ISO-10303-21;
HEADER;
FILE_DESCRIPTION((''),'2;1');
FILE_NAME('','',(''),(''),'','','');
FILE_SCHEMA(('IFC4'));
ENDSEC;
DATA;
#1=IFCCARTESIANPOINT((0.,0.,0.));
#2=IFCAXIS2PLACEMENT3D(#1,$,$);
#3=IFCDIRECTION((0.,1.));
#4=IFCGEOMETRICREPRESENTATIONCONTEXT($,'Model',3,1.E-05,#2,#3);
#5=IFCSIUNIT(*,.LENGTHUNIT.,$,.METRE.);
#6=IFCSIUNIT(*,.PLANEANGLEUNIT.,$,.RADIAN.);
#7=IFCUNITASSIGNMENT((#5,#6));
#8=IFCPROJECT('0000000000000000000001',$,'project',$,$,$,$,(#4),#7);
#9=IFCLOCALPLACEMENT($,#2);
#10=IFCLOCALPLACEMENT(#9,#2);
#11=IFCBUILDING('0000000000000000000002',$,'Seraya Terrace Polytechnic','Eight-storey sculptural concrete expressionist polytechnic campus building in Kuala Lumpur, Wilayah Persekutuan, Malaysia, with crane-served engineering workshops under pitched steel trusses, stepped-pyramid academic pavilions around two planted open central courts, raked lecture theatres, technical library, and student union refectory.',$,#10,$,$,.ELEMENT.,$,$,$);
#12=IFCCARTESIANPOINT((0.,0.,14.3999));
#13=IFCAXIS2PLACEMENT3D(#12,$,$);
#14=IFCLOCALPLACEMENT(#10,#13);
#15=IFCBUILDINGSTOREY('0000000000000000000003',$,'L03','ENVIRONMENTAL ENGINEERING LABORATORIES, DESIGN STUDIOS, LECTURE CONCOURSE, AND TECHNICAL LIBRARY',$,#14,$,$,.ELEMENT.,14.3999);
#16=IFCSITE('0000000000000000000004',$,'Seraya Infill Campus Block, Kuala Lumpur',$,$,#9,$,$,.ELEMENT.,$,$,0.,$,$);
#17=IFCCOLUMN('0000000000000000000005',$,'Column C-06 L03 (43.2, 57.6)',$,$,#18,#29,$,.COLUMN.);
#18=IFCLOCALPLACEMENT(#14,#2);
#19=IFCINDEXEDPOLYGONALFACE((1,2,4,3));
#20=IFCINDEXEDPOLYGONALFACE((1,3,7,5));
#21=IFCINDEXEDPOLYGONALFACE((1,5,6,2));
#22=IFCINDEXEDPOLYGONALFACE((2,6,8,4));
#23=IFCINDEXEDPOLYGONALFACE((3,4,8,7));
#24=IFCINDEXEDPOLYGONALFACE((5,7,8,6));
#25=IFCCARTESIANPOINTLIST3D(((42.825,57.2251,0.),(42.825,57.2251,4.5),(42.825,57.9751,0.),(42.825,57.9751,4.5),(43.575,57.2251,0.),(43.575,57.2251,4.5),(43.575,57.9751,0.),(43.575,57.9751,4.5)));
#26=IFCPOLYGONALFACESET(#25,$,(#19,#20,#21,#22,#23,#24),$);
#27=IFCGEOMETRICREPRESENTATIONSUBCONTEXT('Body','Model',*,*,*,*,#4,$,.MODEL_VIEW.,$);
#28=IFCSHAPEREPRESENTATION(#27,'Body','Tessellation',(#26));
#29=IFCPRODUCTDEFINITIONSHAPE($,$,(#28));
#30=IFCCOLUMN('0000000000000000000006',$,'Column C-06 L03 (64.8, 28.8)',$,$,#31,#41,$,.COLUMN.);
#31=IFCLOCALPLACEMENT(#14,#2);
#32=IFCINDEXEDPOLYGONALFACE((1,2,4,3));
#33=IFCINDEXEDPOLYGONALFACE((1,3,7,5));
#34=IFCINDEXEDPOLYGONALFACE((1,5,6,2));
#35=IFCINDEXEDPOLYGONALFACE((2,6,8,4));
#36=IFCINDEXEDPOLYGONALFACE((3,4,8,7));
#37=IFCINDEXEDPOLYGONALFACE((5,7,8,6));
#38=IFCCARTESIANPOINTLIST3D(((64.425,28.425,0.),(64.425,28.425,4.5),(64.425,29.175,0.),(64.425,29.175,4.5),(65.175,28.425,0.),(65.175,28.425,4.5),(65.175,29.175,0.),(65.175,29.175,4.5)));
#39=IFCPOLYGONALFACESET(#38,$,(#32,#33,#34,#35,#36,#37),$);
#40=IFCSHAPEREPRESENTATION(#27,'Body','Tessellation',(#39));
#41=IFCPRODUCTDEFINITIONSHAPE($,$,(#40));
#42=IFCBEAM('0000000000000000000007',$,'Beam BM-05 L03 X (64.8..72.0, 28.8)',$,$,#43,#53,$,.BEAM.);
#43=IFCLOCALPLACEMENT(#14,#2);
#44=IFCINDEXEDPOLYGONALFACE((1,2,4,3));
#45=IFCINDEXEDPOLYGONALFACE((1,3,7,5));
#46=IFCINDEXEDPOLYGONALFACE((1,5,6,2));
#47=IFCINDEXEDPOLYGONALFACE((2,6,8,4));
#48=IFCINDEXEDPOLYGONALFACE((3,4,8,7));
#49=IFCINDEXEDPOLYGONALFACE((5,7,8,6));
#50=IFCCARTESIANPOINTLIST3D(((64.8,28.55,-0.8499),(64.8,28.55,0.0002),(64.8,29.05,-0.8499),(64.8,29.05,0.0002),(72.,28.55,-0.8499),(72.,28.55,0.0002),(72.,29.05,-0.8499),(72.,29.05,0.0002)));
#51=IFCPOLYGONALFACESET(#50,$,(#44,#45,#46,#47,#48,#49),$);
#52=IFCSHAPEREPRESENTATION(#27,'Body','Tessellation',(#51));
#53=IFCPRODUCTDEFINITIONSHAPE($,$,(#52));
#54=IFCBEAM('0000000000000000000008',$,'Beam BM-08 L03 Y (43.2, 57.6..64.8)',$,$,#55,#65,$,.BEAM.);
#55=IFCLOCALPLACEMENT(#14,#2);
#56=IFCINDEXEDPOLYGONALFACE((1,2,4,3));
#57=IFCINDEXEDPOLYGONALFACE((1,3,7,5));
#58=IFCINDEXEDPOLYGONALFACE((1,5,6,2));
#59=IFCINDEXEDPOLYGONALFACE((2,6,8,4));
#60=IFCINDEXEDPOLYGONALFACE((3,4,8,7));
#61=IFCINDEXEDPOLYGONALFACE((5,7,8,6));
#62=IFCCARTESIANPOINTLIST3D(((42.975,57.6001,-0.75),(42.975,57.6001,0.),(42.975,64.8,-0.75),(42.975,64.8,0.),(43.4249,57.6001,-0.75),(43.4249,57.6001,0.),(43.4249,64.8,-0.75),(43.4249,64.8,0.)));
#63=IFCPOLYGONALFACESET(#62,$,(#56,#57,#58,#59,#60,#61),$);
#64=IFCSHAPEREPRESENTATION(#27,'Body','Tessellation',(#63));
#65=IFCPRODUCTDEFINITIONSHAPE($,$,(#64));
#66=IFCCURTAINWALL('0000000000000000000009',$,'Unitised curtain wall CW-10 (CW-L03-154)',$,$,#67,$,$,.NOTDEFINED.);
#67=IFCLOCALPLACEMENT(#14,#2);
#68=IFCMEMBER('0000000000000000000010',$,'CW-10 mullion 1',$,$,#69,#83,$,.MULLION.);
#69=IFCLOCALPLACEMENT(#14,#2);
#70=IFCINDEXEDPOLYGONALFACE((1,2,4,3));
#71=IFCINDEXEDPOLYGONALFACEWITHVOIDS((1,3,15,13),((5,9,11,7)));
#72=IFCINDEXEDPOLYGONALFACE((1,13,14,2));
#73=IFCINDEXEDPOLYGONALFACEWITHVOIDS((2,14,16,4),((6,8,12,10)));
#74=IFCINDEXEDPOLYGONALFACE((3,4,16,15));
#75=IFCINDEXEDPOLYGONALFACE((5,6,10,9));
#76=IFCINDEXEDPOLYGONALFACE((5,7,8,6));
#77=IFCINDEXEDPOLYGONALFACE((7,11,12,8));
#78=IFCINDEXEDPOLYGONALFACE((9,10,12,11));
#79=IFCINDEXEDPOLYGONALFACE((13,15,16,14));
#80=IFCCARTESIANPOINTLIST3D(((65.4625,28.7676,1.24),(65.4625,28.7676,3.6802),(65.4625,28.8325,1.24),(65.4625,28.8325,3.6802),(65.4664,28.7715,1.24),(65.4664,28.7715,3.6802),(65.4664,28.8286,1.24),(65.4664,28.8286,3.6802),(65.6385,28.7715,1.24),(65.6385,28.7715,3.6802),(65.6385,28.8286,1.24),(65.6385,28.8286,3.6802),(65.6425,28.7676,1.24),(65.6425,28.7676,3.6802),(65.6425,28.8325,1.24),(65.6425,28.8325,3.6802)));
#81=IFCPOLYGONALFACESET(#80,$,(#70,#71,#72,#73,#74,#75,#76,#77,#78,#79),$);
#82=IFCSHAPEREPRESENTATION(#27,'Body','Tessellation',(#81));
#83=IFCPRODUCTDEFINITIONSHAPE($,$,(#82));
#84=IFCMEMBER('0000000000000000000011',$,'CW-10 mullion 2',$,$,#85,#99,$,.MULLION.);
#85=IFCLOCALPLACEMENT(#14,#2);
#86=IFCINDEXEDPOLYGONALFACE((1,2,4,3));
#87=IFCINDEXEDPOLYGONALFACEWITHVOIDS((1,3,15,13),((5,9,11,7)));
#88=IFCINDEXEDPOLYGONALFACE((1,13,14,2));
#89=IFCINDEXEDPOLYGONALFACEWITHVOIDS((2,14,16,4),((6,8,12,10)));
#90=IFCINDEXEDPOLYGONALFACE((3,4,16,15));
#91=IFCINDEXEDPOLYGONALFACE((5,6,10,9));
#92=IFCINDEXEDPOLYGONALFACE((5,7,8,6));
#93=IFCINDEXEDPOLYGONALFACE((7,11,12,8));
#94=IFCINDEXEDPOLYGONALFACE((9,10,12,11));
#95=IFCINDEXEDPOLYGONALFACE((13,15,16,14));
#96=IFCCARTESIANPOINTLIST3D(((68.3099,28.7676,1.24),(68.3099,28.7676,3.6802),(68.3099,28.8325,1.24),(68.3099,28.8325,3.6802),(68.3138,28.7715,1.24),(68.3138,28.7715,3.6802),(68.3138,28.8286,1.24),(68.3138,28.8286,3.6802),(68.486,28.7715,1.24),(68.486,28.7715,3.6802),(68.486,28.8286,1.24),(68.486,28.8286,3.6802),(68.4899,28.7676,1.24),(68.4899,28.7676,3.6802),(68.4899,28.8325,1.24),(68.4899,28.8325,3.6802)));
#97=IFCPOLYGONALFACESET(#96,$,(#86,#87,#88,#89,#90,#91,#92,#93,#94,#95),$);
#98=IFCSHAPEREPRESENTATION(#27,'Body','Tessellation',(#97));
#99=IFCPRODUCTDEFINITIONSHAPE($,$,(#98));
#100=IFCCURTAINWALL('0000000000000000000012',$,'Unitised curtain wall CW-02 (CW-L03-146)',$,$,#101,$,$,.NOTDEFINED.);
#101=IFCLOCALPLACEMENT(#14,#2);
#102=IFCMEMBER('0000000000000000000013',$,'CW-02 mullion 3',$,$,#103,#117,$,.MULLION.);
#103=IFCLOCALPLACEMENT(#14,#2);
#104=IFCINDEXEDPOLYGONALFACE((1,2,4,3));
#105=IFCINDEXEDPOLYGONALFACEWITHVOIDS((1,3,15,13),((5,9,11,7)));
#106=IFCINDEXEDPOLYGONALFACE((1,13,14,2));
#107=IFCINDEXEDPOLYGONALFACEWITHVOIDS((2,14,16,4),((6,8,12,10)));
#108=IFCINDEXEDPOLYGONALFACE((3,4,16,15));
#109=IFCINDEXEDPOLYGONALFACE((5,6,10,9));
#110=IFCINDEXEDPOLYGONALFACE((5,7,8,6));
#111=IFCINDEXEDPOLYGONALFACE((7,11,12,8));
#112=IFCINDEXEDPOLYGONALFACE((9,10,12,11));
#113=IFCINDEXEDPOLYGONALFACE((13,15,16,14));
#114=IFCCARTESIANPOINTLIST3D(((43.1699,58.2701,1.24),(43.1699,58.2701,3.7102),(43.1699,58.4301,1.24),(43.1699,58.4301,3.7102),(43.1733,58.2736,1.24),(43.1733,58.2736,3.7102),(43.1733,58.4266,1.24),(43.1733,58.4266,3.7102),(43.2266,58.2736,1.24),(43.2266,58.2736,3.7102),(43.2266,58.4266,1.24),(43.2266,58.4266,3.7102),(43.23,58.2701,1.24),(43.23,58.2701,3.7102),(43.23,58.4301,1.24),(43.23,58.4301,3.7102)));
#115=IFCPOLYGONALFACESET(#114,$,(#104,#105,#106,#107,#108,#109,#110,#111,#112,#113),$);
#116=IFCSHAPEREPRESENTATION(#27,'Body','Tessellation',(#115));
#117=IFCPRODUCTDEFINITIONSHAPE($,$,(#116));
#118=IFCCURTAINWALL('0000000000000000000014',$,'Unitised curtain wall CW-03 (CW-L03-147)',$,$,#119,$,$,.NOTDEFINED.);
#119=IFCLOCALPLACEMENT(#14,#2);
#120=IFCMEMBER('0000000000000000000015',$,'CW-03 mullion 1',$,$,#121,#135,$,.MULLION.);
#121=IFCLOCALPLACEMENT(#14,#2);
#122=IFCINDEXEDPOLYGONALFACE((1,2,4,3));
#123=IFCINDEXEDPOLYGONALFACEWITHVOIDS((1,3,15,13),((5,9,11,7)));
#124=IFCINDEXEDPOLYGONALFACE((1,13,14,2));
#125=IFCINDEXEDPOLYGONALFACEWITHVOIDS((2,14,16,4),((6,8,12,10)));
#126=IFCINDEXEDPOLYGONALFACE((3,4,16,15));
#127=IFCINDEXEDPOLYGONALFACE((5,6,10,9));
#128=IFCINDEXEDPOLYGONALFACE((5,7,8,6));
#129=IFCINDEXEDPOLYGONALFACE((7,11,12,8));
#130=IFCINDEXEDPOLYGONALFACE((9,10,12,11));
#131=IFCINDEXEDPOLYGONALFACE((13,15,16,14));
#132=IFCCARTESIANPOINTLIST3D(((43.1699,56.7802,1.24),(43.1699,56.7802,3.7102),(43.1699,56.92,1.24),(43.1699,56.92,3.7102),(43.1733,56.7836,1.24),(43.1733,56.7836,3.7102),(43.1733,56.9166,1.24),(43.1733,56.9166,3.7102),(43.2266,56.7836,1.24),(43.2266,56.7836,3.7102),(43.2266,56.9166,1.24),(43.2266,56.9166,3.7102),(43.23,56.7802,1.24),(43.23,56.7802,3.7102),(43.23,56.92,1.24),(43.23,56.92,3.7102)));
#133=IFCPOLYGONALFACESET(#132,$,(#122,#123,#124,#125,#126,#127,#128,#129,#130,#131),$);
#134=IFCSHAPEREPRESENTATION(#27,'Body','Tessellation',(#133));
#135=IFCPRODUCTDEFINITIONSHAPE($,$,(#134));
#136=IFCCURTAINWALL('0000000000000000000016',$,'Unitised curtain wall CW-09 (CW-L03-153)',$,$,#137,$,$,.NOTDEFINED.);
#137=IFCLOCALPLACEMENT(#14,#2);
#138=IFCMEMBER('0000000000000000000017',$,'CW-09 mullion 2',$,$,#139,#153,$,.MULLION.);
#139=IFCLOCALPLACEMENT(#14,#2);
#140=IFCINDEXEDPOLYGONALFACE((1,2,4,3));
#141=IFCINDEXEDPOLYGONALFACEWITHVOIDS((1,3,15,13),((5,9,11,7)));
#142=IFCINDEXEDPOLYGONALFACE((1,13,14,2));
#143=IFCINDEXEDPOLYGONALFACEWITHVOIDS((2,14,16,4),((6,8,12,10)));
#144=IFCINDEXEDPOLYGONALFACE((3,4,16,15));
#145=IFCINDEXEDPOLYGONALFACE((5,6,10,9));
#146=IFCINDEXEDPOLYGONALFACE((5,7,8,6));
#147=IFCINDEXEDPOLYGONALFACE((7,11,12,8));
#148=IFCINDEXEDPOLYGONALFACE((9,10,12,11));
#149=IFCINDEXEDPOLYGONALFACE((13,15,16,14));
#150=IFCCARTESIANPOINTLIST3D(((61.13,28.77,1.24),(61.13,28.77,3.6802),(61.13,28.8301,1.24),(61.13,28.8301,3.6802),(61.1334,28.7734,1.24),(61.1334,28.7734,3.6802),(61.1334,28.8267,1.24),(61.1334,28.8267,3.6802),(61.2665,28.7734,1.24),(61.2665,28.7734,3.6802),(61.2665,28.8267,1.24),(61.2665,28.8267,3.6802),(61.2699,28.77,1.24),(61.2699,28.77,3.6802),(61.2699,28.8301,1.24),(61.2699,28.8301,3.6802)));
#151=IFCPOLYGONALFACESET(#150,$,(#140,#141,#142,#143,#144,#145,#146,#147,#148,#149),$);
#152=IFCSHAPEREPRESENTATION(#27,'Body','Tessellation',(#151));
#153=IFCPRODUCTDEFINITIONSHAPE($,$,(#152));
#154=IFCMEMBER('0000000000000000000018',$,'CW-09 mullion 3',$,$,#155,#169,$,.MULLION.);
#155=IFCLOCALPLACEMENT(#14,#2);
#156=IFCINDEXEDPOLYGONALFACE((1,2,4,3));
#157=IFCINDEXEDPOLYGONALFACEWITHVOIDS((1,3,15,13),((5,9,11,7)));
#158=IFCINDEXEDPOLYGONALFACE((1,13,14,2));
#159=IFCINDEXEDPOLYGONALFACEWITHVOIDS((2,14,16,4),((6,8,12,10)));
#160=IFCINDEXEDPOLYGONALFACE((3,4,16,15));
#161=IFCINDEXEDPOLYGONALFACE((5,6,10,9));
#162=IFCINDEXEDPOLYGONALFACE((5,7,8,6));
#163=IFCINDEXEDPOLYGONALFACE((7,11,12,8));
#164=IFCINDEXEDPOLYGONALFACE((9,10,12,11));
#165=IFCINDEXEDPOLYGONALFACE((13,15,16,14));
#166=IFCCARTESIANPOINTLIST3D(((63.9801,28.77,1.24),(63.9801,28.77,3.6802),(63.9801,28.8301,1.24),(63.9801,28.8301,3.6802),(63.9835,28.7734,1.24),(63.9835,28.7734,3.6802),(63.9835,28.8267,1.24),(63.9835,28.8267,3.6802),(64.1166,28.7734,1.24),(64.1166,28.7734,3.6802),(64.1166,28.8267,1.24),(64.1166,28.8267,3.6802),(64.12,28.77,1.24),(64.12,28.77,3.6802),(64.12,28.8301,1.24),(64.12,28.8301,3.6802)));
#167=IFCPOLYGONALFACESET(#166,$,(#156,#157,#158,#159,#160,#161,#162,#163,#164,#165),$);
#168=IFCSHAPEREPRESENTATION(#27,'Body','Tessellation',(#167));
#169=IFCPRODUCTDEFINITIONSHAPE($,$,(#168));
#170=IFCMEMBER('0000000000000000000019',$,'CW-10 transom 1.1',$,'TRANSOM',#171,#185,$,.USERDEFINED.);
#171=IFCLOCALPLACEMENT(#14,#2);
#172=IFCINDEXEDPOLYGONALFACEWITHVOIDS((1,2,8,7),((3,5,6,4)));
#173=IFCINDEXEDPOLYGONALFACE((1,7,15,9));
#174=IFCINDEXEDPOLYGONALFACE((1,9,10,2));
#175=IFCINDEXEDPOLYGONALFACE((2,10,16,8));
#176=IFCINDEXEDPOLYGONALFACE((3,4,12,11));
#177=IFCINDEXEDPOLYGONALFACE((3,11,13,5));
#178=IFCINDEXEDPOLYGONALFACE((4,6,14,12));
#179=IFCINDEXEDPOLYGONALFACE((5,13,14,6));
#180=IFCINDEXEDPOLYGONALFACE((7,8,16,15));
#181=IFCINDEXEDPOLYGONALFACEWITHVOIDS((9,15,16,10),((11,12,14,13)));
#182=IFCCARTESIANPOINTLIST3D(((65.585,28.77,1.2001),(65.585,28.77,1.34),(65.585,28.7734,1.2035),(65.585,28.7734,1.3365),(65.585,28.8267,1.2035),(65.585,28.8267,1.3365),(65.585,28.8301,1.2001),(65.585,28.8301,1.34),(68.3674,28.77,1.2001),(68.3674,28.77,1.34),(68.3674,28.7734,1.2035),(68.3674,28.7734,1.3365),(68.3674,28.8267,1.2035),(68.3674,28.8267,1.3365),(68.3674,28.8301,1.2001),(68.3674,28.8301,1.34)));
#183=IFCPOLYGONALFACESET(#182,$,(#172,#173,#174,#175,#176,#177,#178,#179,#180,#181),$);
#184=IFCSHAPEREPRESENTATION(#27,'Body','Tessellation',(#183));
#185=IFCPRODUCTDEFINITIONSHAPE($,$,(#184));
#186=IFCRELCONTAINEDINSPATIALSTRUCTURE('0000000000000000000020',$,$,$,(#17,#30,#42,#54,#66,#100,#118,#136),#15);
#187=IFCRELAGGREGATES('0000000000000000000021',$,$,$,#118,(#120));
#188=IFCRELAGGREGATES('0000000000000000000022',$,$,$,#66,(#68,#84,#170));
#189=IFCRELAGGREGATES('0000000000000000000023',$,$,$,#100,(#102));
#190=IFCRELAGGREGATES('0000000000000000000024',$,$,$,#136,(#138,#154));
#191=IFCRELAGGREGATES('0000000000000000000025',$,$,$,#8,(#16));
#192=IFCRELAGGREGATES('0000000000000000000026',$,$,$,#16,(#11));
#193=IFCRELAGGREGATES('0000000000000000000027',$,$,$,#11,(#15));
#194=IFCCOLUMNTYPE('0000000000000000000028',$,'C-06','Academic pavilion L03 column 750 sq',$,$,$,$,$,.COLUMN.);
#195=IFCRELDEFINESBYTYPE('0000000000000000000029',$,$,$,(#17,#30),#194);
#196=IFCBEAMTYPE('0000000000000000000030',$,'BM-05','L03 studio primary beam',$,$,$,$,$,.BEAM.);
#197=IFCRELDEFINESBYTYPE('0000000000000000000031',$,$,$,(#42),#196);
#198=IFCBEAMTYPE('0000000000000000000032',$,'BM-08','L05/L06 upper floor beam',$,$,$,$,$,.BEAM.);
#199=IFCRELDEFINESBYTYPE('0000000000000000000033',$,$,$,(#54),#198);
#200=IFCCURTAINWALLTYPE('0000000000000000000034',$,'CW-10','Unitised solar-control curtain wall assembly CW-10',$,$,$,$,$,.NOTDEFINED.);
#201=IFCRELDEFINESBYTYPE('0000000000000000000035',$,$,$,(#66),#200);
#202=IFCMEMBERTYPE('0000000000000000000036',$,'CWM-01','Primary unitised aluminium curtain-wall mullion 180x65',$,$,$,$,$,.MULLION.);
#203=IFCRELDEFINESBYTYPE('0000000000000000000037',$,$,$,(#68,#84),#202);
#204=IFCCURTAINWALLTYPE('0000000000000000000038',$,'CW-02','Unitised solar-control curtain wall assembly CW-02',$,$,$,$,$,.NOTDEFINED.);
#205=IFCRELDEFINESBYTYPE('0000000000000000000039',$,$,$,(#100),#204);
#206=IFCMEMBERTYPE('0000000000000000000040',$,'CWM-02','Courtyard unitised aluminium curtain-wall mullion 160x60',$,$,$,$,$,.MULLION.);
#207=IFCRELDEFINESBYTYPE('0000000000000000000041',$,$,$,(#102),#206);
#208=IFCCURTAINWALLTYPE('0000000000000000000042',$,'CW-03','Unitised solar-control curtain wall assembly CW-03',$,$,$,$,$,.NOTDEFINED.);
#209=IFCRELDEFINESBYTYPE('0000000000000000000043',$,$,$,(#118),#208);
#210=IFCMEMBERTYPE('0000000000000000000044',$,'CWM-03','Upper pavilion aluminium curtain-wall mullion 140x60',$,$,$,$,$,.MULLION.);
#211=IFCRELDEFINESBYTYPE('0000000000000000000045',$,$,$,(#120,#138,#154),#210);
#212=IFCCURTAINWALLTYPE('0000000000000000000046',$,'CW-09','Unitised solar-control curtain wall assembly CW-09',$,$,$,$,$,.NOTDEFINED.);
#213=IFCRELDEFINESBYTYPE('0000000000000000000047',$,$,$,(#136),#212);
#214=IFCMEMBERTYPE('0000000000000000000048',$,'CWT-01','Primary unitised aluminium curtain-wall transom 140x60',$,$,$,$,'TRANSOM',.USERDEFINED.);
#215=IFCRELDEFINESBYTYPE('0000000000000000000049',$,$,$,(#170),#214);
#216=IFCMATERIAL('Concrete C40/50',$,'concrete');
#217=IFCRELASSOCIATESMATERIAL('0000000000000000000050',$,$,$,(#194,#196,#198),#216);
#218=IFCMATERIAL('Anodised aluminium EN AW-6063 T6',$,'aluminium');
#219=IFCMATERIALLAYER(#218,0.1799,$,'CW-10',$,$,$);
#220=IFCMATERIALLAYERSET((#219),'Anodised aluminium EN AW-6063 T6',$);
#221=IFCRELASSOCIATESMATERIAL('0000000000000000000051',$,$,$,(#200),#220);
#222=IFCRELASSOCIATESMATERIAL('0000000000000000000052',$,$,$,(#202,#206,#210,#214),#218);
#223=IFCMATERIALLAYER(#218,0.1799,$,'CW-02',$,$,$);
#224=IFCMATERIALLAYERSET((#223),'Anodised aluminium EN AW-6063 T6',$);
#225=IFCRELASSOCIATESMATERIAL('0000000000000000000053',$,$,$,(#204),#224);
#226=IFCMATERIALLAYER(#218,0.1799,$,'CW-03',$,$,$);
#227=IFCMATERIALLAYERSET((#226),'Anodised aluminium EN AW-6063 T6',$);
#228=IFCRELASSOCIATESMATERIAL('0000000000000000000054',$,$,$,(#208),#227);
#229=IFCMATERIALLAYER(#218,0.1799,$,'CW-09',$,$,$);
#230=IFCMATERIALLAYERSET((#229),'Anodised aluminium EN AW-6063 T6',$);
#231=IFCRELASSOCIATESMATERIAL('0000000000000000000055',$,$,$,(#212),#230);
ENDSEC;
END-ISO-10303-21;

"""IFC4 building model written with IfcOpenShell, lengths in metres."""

from ifc_helpers import new_model, si_unit, direction, frame, origin, origin_2d, place, context, subcontext, project, spatial, rectangle, hollow_rectangle, extrude, material, layer, layer_set, material_profile, profile_set, type_object, element, aggregate, save


model = new_model("IFC4")

# Units and contexts
model_context = context("Model", 3, precision=1e-05, world=origin(), true_north=direction((0.0, 1.0)))
body_context = subcontext(model_context, "Body", "Model", "MODEL_VIEW")
ifc_project = project(units=[si_unit("LENGTHUNIT", "METRE"), si_unit("PLANEANGLEUNIT", "RADIAN")], contexts=[model_context])

# Site, building, storey
site_placement = place(None, origin())
site = spatial("IfcSite", under=ifc_project, at=site_placement, Name="Seraya Infill Campus Block, Kuala Lumpur", CompositionType="ELEMENT", RefElevation=0.0)
building_placement = place(site_placement, origin())
building = spatial("IfcBuilding", under=site, at=building_placement, Name="Seraya Terrace Polytechnic", Description="Eight-storey sculptural concrete expressionist polytechnic campus building in Kuala Lumpur, Wilayah Persekutuan, Malaysia, with crane-served engineering workshops under pitched steel trusses, stepped-pyramid academic pavilions around two planted open central courts, raked lecture theatres, technical library, and student union refectory.", CompositionType="ELEMENT")
storey_placement = place(building_placement, frame((0.0, 0.0, 14.3999)))
storey = spatial("IfcBuildingStorey", under=building, at=storey_placement, Name="L03", Description="ENVIRONMENTAL ENGINEERING LABORATORIES, DESIGN STUDIOS, LECTURE CONCOURSE, AND TECHNICAL LIBRARY", CompositionType="ELEMENT", Elevation=14.3999)

# Columns
ifc_material_1 = material(Name="Concrete C40/50", Category="concrete")
ifc_material_profile_1 = material_profile(ifc_material_1, rectangle(XDim=0.75, YDim=0.75, at=origin_2d()), Name="RC 750x750")
ifc_profile_set_1 = profile_set([ifc_material_profile_1], Name="Concrete C40/50")
column_type = type_object("IfcColumnType", Name="C-06", Description="Academic pavilion L03 column 750 sq", PredefinedType="COLUMN", material=ifc_profile_set_1)
for number, where, z_axis, x_axis, name in (
    (1, (43.2, 57.6001, 0.0), (0.0, 0.0, 1.0), (1.0, 0.0, 0.0), "Column C-06 L03 (43.2, 57.6)"),
    (2, (64.8, 28.8, 0.0), (0.0, 0.0, 1.0), (1.0, 0.0, 0.0), "Column C-06 L03 (64.8, 28.8)"),
):
    element("IfcColumn", number, at=place(storey_placement, frame(where, z_axis=z_axis, x_axis=x_axis)), inside=storey, type_object=column_type, Name=name, PredefinedType="COLUMN", context=body_context, shape_type="SweptSolid", body=[
        extrude(rectangle(XDim=0.75, YDim=0.75, at=origin_2d()), origin(), (0.0, 0.0, 1.0), 4.5),
    ])

# Beams
ifc_material_profile_2 = material_profile(ifc_material_1, rectangle(XDim=0.5, YDim=0.8501, at=origin_2d()), Name="RC 500x850")
ifc_profile_set_2 = profile_set([ifc_material_profile_2], Name="Concrete C40/50")
beam_type_1 = type_object("IfcBeamType", Name="BM-05", Description="L03 studio primary beam", PredefinedType="BEAM", material=ifc_profile_set_2)
beam_1_placement = place(storey_placement, frame((64.8, 28.8, -0.4248), z_axis=(1.0, 0.0, 0.0), x_axis=(0.0, 1.0, 0.0)))
element("IfcBeam", 3, at=beam_1_placement, inside=storey, type_object=beam_type_1, Name="Beam BM-05 L03 X (64.8..72.0, 28.8)", PredefinedType="BEAM", context=body_context, shape_type="SweptSolid", body=[
    extrude(rectangle(XDim=0.5, YDim=0.8501, at=origin_2d()), origin(), (0.0, 0.0, 1.0), 7.2),
])
ifc_material_profile_3 = material_profile(ifc_material_1, rectangle(XDim=0.45, YDim=0.75, at=origin_2d()), Name="RC 450x750")
ifc_profile_set_3 = profile_set([ifc_material_profile_3], Name="Concrete C40/50")
beam_type_2 = type_object("IfcBeamType", Name="BM-08", Description="L05/L06 upper floor beam", PredefinedType="BEAM", material=ifc_profile_set_3)
beam_2_placement = place(storey_placement, frame((43.2, 57.6001, -0.375), z_axis=(0.0, 1.0, 0.0), x_axis=(-1.0, 0.0, 0.0)))
element("IfcBeam", 4, at=beam_2_placement, inside=storey, type_object=beam_type_2, Name="Beam BM-08 L03 Y (43.2, 57.6..64.8)", PredefinedType="BEAM", context=body_context, shape_type="SweptSolid", body=[
    extrude(rectangle(XDim=0.45, YDim=0.75, at=origin_2d()), origin(), (0.0, 0.0, 1.0), 7.2),
])

# Curtain wall, members
ifc_material_2 = material(Name="Anodised aluminium EN AW-6063 T6", Category="aluminium")
ifc_layer_1 = layer(ifc_material_2, 0.1799, Name="CW-10")
ifc_layer_set_1 = layer_set([ifc_layer_1], Name="Anodised aluminium EN AW-6063 T6")
curtain_wall_type_1 = type_object("IfcCurtainWallType", Name="CW-10", Description="Unitised solar-control curtain wall assembly CW-10", PredefinedType="NOTDEFINED", material=ifc_layer_set_1)
curtain_wall_1_placement = place(storey_placement, origin())
curtain_wall_1 = element("IfcCurtainWall", 5, at=curtain_wall_1_placement, inside=storey, type_object=curtain_wall_type_1, Name="Unitised curtain wall CW-10 (CW-L03-154)", PredefinedType="NOTDEFINED")
ifc_material_profile_4 = material_profile(ifc_material_2, hollow_rectangle(XDim=0.0649, YDim=0.1799, WallThickness=0.0039, at=origin_2d()), Name="RHS 180x65x4.0")
ifc_profile_set_4 = profile_set([ifc_material_profile_4], Name="Anodised aluminium EN AW-6063 T6")
member_type_1 = type_object("IfcMemberType", Name="CWM-01", Description="Primary unitised aluminium curtain-wall mullion 180x65", PredefinedType="MULLION", material=ifc_profile_set_4)
member_1_placement = place(storey_placement, frame((65.5525, 28.8, 1.24), z_axis=(0.0, 0.0, 1.0), x_axis=(0.0, 1.0, 0.0)))
member_1 = element("IfcMember", 6, at=member_1_placement, type_object=member_type_1, Name="CW-10 mullion 1", PredefinedType="MULLION", context=body_context, shape_type="SweptSolid", body=[
    extrude(hollow_rectangle(XDim=0.0649, YDim=0.1799, WallThickness=0.0039, at=origin_2d()), origin(), (0.0, 0.0, 1.0), 2.4402),
])
member_2_placement = place(storey_placement, frame((68.3999, 28.8, 1.24), z_axis=(0.0, 0.0, 1.0), x_axis=(0.0, 1.0, 0.0)))
member_2 = element("IfcMember", 7, at=member_2_placement, type_object=member_type_1, Name="CW-10 mullion 2", PredefinedType="MULLION", context=body_context, shape_type="SweptSolid", body=[
    extrude(hollow_rectangle(XDim=0.0649, YDim=0.1799, WallThickness=0.0039, at=origin_2d()), origin(), (0.0, 0.0, 1.0), 2.4402),
])

# Curtain walls, members
ifc_layer_2 = layer(ifc_material_2, 0.1799, Name="CW-02")
ifc_layer_set_2 = layer_set([ifc_layer_2], Name="Anodised aluminium EN AW-6063 T6")
curtain_wall_type_2 = type_object("IfcCurtainWallType", Name="CW-02", Description="Unitised solar-control curtain wall assembly CW-02", PredefinedType="NOTDEFINED", material=ifc_layer_set_2)
curtain_wall_2_placement = place(storey_placement, origin())
curtain_wall_2 = element("IfcCurtainWall", 8, at=curtain_wall_2_placement, inside=storey, type_object=curtain_wall_type_2, Name="Unitised curtain wall CW-02 (CW-L03-146)", PredefinedType="NOTDEFINED")
ifc_material_profile_5 = material_profile(ifc_material_2, hollow_rectangle(XDim=0.0601, YDim=0.1599, WallThickness=0.0034, at=origin_2d()), Name="RHS 160x60x3.5")
ifc_profile_set_5 = profile_set([ifc_material_profile_5], Name="Anodised aluminium EN AW-6063 T6")
member_type_2 = type_object("IfcMemberType", Name="CWM-02", Description="Courtyard unitised aluminium curtain-wall mullion 160x60", PredefinedType="MULLION", material=ifc_profile_set_5)
member_3_placement = place(storey_placement, frame((43.2, 58.3501, 1.24), z_axis=(0.0, 0.0, 1.0), x_axis=(1.0, 0.0, 0.0)))
member_3 = element("IfcMember", 9, at=member_3_placement, type_object=member_type_2, Name="CW-02 mullion 3", PredefinedType="MULLION", context=body_context, shape_type="SweptSolid", body=[
    extrude(hollow_rectangle(XDim=0.0601, YDim=0.1599, WallThickness=0.0034, at=origin_2d()), origin(), (0.0, 0.0, 1.0), 2.4702),
])
ifc_layer_3 = layer(ifc_material_2, 0.1799, Name="CW-03")
ifc_layer_set_3 = layer_set([ifc_layer_3], Name="Anodised aluminium EN AW-6063 T6")
curtain_wall_type_3 = type_object("IfcCurtainWallType", Name="CW-03", Description="Unitised solar-control curtain wall assembly CW-03", PredefinedType="NOTDEFINED", material=ifc_layer_set_3)
curtain_wall_3_placement = place(storey_placement, origin())
curtain_wall_3 = element("IfcCurtainWall", 10, at=curtain_wall_3_placement, inside=storey, type_object=curtain_wall_type_3, Name="Unitised curtain wall CW-03 (CW-L03-147)", PredefinedType="NOTDEFINED")
ifc_material_profile_6 = material_profile(ifc_material_2, hollow_rectangle(XDim=0.0601, YDim=0.1399, WallThickness=0.0034, at=origin_2d()), Name="RHS 140x60x3.5")
ifc_profile_set_6 = profile_set([ifc_material_profile_6], Name="Anodised aluminium EN AW-6063 T6")
member_type_3 = type_object("IfcMemberType", Name="CWM-03", Description="Upper pavilion aluminium curtain-wall mullion 140x60", PredefinedType="MULLION", material=ifc_profile_set_6)
member_4_placement = place(storey_placement, frame((43.2, 56.8501, 1.24), z_axis=(0.0, 0.0, 1.0), x_axis=(1.0, 0.0, 0.0)))
member_4 = element("IfcMember", 11, at=member_4_placement, type_object=member_type_3, Name="CW-03 mullion 1", PredefinedType="MULLION", context=body_context, shape_type="SweptSolid", body=[
    extrude(hollow_rectangle(XDim=0.0601, YDim=0.1399, WallThickness=0.0034, at=origin_2d()), origin(), (0.0, 0.0, 1.0), 2.4702),
])

# Curtain wall, members
ifc_layer_4 = layer(ifc_material_2, 0.1799, Name="CW-09")
ifc_layer_set_4 = layer_set([ifc_layer_4], Name="Anodised aluminium EN AW-6063 T6")
curtain_wall_type_4 = type_object("IfcCurtainWallType", Name="CW-09", Description="Unitised solar-control curtain wall assembly CW-09", PredefinedType="NOTDEFINED", material=ifc_layer_set_4)
curtain_wall_4_placement = place(storey_placement, origin())
curtain_wall_4 = element("IfcCurtainWall", 12, at=curtain_wall_4_placement, inside=storey, type_object=curtain_wall_type_4, Name="Unitised curtain wall CW-09 (CW-L03-153)", PredefinedType="NOTDEFINED")
member_5_placement = place(storey_placement, frame((61.2, 28.8, 1.24), z_axis=(0.0, 0.0, 1.0), x_axis=(0.0, 1.0, 0.0)))
member_5 = element("IfcMember", 13, at=member_5_placement, type_object=member_type_3, Name="CW-09 mullion 2", PredefinedType="MULLION", context=body_context, shape_type="SweptSolid", body=[
    extrude(hollow_rectangle(XDim=0.0601, YDim=0.1399, WallThickness=0.0034, at=origin_2d()), origin(), (0.0, 0.0, 1.0), 2.4402),
])
member_6_placement = place(storey_placement, frame((64.05, 28.8, 1.24), z_axis=(0.0, 0.0, 1.0), x_axis=(0.0, 1.0, 0.0)))
member_6 = element("IfcMember", 14, at=member_6_placement, type_object=member_type_3, Name="CW-09 mullion 3", PredefinedType="MULLION", context=body_context, shape_type="SweptSolid", body=[
    extrude(hollow_rectangle(XDim=0.0601, YDim=0.1399, WallThickness=0.0034, at=origin_2d()), origin(), (0.0, 0.0, 1.0), 2.4402),
])

# Member
ifc_material_profile_7 = material_profile(ifc_material_2, hollow_rectangle(XDim=0.0601, YDim=0.1399, WallThickness=0.0034, at=origin_2d()), Name="RHS 140x60x3.5")
ifc_profile_set_7 = profile_set([ifc_material_profile_7], Name="Anodised aluminium EN AW-6063 T6")
member_type_4 = type_object("IfcMemberType", Name="CWT-01", Description="Primary unitised aluminium curtain-wall transom 140x60", ElementType="TRANSOM", PredefinedType="USERDEFINED", material=ifc_profile_set_7)
member_7_placement = place(storey_placement, frame((65.585, 28.8, 1.27), z_axis=(1.0, 0.0, 0.0), x_axis=(0.0, 1.0, 0.0)))
member_7 = element("IfcMember", 15, at=member_7_placement, type_object=member_type_4, Name="CW-10 transom 1.1", ObjectType="TRANSOM", PredefinedType="USERDEFINED", context=body_context, shape_type="SweptSolid", body=[
    extrude(hollow_rectangle(XDim=0.0601, YDim=0.1399, WallThickness=0.0034, at=origin_2d()), origin(), (0.0, 0.0, 1.0), 2.7825),
])
aggregate(curtain_wall_3, [member_4])

aggregate(curtain_wall_1, [member_1, member_2, member_7])
aggregate(curtain_wall_2, [member_3])
aggregate(curtain_wall_4, [member_5, member_6])

save(model, "model.ifc")
